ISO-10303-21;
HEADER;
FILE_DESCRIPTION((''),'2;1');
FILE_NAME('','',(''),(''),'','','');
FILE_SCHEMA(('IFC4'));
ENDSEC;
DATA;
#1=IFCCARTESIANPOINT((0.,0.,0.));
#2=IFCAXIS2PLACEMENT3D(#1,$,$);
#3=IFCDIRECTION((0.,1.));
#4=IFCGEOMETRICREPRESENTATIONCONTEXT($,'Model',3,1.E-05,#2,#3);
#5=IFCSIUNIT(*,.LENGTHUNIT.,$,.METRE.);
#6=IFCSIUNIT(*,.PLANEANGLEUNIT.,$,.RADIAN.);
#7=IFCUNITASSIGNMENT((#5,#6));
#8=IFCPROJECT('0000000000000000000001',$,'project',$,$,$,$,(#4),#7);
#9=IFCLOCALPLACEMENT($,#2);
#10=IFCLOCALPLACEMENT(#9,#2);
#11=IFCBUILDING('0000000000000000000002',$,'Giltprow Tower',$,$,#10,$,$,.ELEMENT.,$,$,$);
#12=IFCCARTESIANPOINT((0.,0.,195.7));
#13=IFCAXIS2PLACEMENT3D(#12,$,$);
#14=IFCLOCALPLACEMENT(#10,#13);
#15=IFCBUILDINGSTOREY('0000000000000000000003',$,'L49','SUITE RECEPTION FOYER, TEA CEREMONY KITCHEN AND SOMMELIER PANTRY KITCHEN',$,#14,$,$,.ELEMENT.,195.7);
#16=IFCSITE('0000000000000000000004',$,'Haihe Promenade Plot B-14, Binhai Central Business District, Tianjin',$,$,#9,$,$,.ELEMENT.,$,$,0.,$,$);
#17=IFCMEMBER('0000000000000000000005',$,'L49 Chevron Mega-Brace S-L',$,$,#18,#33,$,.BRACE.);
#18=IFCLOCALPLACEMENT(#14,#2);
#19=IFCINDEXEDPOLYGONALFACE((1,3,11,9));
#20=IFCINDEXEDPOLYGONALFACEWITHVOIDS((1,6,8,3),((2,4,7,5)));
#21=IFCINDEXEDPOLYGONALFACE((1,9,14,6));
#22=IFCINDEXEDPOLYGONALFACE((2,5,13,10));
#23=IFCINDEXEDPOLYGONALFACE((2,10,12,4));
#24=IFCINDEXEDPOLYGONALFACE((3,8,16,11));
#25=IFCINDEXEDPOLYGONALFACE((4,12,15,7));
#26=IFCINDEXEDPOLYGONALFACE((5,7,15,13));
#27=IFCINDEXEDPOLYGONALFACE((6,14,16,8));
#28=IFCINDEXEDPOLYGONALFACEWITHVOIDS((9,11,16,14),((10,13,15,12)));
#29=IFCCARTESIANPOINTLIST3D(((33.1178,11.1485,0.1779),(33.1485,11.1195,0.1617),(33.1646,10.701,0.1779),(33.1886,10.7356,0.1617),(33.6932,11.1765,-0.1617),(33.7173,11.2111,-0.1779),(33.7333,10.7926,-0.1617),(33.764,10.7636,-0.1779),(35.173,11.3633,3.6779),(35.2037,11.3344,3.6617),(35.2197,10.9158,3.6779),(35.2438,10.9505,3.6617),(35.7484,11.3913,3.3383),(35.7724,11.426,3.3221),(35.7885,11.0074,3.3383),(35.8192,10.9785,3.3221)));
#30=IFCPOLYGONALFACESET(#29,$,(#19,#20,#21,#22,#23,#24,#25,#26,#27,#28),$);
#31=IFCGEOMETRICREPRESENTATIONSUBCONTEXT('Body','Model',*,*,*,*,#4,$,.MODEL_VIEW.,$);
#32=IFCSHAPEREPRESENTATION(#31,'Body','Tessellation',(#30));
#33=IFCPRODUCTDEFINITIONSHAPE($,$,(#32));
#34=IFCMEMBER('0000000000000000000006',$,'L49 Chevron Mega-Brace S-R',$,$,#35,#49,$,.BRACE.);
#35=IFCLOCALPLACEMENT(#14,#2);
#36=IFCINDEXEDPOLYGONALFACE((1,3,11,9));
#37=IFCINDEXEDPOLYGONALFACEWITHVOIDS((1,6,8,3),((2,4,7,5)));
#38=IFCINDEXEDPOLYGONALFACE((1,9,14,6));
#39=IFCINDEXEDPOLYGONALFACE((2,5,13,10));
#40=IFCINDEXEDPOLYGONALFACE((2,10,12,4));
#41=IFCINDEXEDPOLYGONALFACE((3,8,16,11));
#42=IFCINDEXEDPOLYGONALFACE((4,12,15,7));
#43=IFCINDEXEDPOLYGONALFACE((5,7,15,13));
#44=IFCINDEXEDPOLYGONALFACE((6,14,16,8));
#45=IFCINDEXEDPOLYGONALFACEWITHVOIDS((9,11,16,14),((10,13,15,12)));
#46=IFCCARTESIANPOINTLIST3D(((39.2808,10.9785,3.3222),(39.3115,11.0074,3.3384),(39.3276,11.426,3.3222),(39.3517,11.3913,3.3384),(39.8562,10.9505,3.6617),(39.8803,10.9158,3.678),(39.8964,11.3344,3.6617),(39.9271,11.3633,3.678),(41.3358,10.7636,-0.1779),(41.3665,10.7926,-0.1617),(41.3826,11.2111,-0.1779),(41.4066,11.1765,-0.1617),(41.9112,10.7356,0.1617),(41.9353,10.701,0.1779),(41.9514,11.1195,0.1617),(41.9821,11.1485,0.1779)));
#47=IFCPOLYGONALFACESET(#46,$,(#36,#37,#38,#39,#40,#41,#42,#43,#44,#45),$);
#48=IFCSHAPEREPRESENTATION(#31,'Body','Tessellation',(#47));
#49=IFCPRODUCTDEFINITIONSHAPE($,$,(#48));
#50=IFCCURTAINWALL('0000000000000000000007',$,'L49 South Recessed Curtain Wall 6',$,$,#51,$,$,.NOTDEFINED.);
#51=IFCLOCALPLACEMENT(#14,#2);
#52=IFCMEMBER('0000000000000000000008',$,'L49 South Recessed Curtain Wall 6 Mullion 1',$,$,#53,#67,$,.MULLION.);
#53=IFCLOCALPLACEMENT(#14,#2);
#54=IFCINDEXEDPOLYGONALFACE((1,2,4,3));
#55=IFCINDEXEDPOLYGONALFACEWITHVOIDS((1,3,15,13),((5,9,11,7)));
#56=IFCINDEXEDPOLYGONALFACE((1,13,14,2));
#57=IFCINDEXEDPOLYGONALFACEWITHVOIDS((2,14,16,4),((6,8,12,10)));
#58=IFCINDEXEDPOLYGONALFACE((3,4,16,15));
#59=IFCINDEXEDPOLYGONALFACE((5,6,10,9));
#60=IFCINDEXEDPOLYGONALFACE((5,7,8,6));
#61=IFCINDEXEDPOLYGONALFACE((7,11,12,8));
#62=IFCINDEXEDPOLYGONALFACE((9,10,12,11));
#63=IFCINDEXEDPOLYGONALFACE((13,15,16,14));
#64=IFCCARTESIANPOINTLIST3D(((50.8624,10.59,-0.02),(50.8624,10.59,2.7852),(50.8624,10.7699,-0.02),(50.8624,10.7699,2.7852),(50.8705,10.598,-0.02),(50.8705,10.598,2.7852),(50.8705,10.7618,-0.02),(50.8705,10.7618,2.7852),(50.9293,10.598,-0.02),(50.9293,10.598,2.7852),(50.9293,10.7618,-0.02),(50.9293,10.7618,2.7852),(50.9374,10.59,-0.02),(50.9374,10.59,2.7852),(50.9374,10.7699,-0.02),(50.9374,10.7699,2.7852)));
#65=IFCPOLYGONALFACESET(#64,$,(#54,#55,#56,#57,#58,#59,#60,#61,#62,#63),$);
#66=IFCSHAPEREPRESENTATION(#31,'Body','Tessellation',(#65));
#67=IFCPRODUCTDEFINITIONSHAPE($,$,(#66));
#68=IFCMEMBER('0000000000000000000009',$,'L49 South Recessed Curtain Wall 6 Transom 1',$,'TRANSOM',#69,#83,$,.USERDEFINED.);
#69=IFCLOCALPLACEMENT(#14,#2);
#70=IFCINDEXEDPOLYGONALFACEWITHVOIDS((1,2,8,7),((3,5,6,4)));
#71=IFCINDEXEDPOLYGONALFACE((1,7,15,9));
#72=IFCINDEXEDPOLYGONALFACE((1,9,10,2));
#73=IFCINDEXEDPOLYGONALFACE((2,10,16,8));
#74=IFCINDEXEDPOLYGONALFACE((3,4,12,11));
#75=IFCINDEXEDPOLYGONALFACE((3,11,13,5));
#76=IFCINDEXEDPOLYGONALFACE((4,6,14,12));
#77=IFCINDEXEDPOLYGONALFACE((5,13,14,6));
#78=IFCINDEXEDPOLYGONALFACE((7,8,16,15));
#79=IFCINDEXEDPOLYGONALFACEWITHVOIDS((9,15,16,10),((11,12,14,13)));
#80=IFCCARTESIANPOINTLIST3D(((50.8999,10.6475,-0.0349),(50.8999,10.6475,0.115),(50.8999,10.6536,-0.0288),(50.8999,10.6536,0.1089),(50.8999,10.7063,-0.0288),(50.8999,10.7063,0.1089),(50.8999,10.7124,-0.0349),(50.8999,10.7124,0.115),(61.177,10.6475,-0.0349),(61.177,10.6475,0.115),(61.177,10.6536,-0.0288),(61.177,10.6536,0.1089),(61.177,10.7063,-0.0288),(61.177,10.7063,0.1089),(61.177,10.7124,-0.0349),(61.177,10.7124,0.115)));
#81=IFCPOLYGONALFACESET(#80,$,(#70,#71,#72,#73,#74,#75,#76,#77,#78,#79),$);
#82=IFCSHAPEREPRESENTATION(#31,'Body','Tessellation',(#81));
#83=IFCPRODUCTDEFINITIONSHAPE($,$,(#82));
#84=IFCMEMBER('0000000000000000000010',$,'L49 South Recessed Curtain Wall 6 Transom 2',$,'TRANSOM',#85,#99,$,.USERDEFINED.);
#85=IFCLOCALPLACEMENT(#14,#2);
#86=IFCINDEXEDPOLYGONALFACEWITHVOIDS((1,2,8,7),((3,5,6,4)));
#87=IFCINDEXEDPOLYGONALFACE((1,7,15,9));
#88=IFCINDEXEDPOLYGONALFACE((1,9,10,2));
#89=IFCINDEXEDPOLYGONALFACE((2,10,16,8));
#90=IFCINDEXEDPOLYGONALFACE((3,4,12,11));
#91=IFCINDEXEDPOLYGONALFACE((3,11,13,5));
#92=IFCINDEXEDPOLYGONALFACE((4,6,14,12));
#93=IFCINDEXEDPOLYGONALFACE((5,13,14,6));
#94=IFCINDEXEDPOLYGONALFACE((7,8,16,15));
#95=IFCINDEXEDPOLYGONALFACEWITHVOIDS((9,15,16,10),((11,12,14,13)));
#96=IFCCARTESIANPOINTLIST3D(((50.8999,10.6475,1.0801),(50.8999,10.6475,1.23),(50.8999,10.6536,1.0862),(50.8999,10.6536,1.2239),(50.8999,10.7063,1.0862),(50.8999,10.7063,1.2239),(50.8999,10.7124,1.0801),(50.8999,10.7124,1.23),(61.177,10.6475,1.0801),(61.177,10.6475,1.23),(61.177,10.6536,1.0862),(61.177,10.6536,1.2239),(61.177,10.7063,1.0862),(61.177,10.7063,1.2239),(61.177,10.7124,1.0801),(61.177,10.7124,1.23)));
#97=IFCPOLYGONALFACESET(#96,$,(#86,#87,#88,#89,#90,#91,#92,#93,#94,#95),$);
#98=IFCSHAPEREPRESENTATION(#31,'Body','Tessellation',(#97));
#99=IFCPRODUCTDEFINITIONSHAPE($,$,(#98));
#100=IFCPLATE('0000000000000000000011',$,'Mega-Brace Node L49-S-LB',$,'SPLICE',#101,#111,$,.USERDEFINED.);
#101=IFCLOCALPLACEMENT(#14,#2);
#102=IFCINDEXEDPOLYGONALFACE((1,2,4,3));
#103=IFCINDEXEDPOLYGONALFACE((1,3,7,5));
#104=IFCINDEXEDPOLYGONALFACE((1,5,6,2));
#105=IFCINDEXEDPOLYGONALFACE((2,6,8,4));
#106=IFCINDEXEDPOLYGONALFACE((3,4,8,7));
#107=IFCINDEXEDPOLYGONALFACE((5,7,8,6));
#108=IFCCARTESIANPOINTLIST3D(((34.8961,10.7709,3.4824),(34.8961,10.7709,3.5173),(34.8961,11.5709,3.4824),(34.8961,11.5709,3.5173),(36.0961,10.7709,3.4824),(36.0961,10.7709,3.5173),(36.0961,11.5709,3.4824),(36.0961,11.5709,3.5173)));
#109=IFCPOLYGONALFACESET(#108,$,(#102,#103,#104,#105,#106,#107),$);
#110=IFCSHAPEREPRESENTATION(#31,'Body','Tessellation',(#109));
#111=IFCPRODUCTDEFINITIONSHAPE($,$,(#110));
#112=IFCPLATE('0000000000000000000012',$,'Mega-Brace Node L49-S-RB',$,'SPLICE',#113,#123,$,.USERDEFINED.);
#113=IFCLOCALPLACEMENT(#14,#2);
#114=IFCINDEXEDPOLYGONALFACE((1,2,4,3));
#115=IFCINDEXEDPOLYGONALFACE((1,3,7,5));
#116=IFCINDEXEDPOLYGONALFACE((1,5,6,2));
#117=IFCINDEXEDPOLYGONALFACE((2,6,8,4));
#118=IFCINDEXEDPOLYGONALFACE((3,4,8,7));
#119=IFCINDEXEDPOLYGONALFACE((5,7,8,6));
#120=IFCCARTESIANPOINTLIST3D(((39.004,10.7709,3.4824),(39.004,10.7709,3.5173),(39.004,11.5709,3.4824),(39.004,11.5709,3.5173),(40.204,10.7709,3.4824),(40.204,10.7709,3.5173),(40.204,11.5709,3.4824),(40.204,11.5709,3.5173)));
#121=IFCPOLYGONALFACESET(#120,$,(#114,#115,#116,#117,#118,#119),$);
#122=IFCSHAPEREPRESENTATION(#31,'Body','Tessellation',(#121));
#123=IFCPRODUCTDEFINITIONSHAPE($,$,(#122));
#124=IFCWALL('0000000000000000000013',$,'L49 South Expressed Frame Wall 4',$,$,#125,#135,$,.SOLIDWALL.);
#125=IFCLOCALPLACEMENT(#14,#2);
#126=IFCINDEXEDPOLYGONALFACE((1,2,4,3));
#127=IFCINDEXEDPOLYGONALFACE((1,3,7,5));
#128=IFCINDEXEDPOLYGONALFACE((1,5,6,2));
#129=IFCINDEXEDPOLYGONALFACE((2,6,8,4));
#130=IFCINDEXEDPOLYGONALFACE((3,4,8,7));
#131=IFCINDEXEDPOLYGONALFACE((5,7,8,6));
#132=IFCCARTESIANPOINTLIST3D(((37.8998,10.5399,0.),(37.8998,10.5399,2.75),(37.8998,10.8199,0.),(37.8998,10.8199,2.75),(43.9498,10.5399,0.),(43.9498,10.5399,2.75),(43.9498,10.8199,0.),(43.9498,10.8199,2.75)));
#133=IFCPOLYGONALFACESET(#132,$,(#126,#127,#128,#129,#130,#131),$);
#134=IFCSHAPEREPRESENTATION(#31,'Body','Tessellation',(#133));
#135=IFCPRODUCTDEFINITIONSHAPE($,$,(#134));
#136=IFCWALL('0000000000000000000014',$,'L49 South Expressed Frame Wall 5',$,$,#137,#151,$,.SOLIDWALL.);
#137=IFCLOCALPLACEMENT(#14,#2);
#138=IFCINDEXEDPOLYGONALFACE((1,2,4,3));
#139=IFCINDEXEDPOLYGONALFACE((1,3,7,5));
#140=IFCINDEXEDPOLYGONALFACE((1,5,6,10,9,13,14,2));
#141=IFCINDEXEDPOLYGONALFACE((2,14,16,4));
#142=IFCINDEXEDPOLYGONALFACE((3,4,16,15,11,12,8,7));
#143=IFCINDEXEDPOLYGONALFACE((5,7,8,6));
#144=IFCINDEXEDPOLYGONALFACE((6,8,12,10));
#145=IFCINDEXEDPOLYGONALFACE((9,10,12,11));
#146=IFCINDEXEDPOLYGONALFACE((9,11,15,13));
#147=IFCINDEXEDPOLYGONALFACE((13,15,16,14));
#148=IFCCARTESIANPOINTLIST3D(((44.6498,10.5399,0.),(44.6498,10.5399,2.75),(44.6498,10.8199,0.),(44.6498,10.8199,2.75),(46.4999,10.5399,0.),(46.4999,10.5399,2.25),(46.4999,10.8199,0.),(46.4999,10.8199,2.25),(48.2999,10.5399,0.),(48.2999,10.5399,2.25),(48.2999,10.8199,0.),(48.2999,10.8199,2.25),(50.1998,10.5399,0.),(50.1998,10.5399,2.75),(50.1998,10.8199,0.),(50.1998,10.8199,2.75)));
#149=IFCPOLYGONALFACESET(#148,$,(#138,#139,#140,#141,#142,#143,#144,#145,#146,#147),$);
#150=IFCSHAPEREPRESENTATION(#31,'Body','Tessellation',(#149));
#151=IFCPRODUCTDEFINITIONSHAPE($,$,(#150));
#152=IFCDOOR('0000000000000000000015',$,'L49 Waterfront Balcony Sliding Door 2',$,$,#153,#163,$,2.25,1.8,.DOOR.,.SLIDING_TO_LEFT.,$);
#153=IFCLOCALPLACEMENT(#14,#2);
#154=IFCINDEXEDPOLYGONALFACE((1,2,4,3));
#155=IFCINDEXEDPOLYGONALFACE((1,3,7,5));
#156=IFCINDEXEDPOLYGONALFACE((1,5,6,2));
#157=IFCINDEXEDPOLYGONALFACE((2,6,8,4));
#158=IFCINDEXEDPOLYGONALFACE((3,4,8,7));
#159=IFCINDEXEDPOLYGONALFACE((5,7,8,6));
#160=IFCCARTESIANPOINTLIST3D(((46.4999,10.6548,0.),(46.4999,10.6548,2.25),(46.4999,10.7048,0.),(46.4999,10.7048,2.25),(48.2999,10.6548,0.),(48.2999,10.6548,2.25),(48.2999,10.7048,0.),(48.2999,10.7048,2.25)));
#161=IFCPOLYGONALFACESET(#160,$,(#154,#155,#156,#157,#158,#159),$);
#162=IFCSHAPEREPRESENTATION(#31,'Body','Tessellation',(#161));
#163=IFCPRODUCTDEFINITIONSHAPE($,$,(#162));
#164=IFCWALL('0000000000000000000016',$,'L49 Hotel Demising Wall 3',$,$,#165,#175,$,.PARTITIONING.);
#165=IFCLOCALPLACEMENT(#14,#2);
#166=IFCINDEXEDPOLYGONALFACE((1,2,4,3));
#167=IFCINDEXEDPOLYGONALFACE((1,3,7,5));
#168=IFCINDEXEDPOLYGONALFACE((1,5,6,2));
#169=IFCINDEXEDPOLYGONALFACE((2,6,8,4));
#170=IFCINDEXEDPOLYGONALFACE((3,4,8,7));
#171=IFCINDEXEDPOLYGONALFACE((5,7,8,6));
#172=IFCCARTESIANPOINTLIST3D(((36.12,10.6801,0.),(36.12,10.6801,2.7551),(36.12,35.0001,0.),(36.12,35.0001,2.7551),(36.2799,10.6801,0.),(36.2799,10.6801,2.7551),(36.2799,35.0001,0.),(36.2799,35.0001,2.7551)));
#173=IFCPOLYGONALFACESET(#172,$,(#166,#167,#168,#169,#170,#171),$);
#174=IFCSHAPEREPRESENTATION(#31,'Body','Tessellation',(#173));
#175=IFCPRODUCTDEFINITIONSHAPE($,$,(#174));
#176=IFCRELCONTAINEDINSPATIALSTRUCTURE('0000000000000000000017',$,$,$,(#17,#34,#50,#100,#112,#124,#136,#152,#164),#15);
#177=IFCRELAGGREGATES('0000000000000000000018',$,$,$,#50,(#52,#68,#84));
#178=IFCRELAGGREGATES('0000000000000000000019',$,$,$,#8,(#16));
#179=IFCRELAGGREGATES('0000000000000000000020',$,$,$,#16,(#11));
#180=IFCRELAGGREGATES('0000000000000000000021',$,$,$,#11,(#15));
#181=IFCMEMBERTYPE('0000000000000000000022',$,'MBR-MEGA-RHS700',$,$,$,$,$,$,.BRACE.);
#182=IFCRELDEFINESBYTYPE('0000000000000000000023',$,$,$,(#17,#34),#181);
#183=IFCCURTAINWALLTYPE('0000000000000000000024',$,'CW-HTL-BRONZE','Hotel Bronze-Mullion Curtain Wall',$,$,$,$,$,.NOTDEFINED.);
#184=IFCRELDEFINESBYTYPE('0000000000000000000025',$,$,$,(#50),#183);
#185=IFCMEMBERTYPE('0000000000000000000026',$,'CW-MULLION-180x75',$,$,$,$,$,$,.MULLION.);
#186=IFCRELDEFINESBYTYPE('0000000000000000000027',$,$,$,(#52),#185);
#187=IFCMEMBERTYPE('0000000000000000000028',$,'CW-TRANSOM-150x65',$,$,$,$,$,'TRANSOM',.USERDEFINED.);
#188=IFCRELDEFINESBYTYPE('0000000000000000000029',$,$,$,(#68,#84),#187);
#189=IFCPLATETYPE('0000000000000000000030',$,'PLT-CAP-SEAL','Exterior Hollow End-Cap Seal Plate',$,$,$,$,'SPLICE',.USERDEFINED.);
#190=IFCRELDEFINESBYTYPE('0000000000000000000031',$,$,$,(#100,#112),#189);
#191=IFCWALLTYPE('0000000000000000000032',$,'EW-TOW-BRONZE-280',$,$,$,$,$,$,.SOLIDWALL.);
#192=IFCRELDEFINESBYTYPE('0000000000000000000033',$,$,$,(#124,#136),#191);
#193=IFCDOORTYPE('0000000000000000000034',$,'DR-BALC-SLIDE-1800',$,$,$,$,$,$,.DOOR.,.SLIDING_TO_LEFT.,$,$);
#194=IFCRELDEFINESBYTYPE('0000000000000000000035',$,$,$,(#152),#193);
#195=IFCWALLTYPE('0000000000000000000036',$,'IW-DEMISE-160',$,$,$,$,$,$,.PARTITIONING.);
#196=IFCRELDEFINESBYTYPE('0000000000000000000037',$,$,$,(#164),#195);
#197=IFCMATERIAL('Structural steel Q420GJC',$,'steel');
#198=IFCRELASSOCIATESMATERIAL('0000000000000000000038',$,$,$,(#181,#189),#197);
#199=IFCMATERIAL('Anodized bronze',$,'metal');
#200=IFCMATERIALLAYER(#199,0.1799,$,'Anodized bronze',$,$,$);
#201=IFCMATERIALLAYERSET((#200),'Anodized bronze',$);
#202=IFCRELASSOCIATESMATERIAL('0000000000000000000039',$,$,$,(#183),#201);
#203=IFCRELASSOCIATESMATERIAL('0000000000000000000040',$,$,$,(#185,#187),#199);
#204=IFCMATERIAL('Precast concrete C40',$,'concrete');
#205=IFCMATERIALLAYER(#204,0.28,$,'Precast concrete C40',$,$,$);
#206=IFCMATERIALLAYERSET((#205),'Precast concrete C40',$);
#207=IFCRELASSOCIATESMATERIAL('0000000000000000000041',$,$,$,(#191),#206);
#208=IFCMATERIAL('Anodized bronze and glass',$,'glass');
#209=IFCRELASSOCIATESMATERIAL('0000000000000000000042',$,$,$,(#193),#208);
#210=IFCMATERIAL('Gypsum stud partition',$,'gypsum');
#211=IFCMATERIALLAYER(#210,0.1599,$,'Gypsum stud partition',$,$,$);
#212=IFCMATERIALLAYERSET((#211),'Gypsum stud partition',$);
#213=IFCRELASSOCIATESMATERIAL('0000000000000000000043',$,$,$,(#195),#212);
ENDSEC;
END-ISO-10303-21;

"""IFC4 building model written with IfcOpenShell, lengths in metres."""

from ifc_helpers import new_model, si_unit, direction, frame, frame_2d, origin, origin_2d, place, context, subcontext, project, spatial, rectangle, hollow_rectangle, extrude, source, transform, mapped, material, layer, layer_set, material_profile, profile_set, type_object, element, fill, aggregate, save


model = new_model("IFC4")

# Units and contexts
model_context = context("Model", 3, precision=1e-05, world=origin(), true_north=direction((0.0, 1.0)))
body_context = subcontext(model_context, "Body", "Model", "MODEL_VIEW")
ifc_project = project(units=[si_unit("LENGTHUNIT", "METRE"), si_unit("PLANEANGLEUNIT", "RADIAN")], contexts=[model_context])

# Site, building, storey
site_placement = place(None, origin())
site = spatial("IfcSite", under=ifc_project, at=site_placement, Name="Haihe Promenade Plot B-14, Binhai Central Business District, Tianjin", CompositionType="ELEMENT", RefElevation=0.0)
building_placement = place(site_placement, origin())
building = spatial("IfcBuilding", under=site, at=building_placement, Name="Giltprow Tower", CompositionType="ELEMENT")
storey_placement = place(building_placement, frame((0.0, 0.0, 195.7)))
storey = spatial("IfcBuildingStorey", under=building, at=storey_placement, Name="L49", Description="SUITE RECEPTION FOYER, TEA CEREMONY KITCHEN AND SOMMELIER PANTRY KITCHEN", CompositionType="ELEMENT", Elevation=195.7)

# Shared definitions
ifc_material_1 = material(Name="Structural steel Q420GJC", Category="steel")

# Members
ifc_material_profile_1 = material_profile(ifc_material_1, hollow_rectangle(XDim=0.45, YDim=0.7, WallThickness=0.032, at=origin_2d()), Name="RHS 700x450x32")
ifc_profile_set_1 = profile_set([ifc_material_profile_1], Name="Structural steel Q420GJC")
member_type_1 = type_object("IfcMemberType", Name="MBR-MEGA-RHS700", PredefinedType="BRACE", material=ifc_profile_set_1)
shared_shape_1 = source(origin(), body_context, "Body", "SweptSolid", [
    extrude(hollow_rectangle(XDim=0.45, YDim=0.7, WallThickness=0.032, at=origin_2d()), origin(), (0.0, 0.0, 1.0), 4.0645),
])
for number, where, z_axis, x_axis, name in (
    (1, (33.4409, 10.9561, 0.0), (0.505644, 0.052859, 0.861121), (-0.103971, 0.99458, 0.0), "L49 Chevron Mega-Brace S-L"),
    (2, (41.6589, 10.9561, 0.0), (-0.5056, 0.052861, 0.861147), (-0.103984, -0.994579, 0.0), "L49 Chevron Mega-Brace S-R"),
):
    element("IfcMember", number, at=place(storey_placement, frame(where, z_axis=z_axis, x_axis=x_axis)), inside=storey, type_object=member_type_1, Name=name, PredefinedType="BRACE", context=body_context, shape_type="MappedRepresentation", body=[
        mapped(shared_shape_1, transform((0.0, 0.0, 0.0), x_axis=(1.0, 0.0, 0.0), y_axis=(0.0, 1.0, 0.0), z_axis=(0.0, 0.0, 1.0), scale=1.0)),
    ])

# Curtain wall, members
ifc_material_2 = material(Name="Anodized bronze", Category="metal")
ifc_layer_1 = layer(ifc_material_2, 0.1799, Name="Anodized bronze")
ifc_layer_set_1 = layer_set([ifc_layer_1], Name="Anodized bronze")
curtain_wall_type = type_object("IfcCurtainWallType", Name="CW-HTL-BRONZE", Description="Hotel Bronze-Mullion Curtain Wall", PredefinedType="NOTDEFINED", material=ifc_layer_set_1)
curtain_wall_placement = place(storey_placement, origin())
curtain_wall = element("IfcCurtainWall", 3, at=curtain_wall_placement, inside=storey, type_object=curtain_wall_type, Name="L49 South Recessed Curtain Wall 6", PredefinedType="NOTDEFINED")
ifc_material_profile_2 = material_profile(ifc_material_2, hollow_rectangle(XDim=0.075, YDim=0.1799, WallThickness=0.0081, at=origin_2d()), Name="RHS 180x75x8")
ifc_profile_set_2 = profile_set([ifc_material_profile_2], Name="Anodized bronze")
member_type_2 = type_object("IfcMemberType", Name="CW-MULLION-180x75", PredefinedType="MULLION", material=ifc_profile_set_2)
shared_shape_2 = source(origin(), body_context, "Body", "SweptSolid", [
    extrude(hollow_rectangle(XDim=0.075, YDim=0.1799, WallThickness=0.0081, at=origin_2d()), origin(), (0.0, 0.0, 1.0), 2.8052),
])
member_1_placement = place(storey_placement, frame((50.8999, 10.6799, -0.02), z_axis=(0.0, 0.0, 1.0), x_axis=(1.0, 0.0, 0.0)))
member_1 = element("IfcMember", 4, at=member_1_placement, type_object=member_type_2, Name="L49 South Recessed Curtain Wall 6 Mullion 1", PredefinedType="MULLION", context=body_context, shape_type="MappedRepresentation", body=[
    mapped(shared_shape_2, transform((0.0, 0.0, 0.0), x_axis=(1.0, 0.0, 0.0), y_axis=(0.0, 1.0, 0.0), z_axis=(0.0, 0.0, 1.0), scale=1.0)),
])
ifc_material_profile_3 = material_profile(ifc_material_2, hollow_rectangle(XDim=0.0649, YDim=0.1499, WallThickness=0.0061, at=origin_2d()), Name="RHS 150x65x6")
ifc_profile_set_3 = profile_set([ifc_material_profile_3], Name="Anodized bronze")
member_type_3 = type_object("IfcMemberType", Name="CW-TRANSOM-150x65", ElementType="TRANSOM", PredefinedType="USERDEFINED", material=ifc_profile_set_3)
shared_shape_3 = source(origin(), body_context, "Body", "SweptSolid", [
    extrude(hollow_rectangle(XDim=0.0649, YDim=0.1499, WallThickness=0.0061, at=origin_2d()), origin(), (0.0, 0.0, 1.0), 10.2771),
])
member_2_placement = place(storey_placement, frame((50.8999, 10.6799, 0.04), z_axis=(1.0, 0.0, 0.0), x_axis=(0.0, 1.0, 0.0)))
member_2 = element("IfcMember", 5, at=member_2_placement, type_object=member_type_3, Name="L49 South Recessed Curtain Wall 6 Transom 1", ObjectType="TRANSOM", PredefinedType="USERDEFINED", context=body_context, shape_type="MappedRepresentation", body=[
    mapped(shared_shape_3, transform((0.0, 0.0, 0.0), x_axis=(1.0, 0.0, 0.0), y_axis=(0.0, 1.0, 0.0), z_axis=(0.0, 0.0, 1.0), scale=1.0)),
])
member_3_placement = place(storey_placement, frame((50.8999, 10.6799, 1.155), z_axis=(1.0, 0.0, 0.0), x_axis=(0.0, 1.0, 0.0)))
member_3 = element("IfcMember", 6, at=member_3_placement, type_object=member_type_3, Name="L49 South Recessed Curtain Wall 6 Transom 2", ObjectType="TRANSOM", PredefinedType="USERDEFINED", context=body_context, shape_type="MappedRepresentation", body=[
    mapped(shared_shape_3, transform((0.0, 0.0, 0.0), x_axis=(1.0, 0.0, 0.0), y_axis=(0.0, 1.0, 0.0), z_axis=(0.0, 0.0, 1.0), scale=1.0)),
])
aggregate(curtain_wall, [member_1, member_2, member_3])

# Plates
plate_type = type_object("IfcPlateType", Name="PLT-CAP-SEAL", Description="Exterior Hollow End-Cap Seal Plate", ElementType="SPLICE", PredefinedType="USERDEFINED", material=ifc_material_1)
shared_shape_4 = source(origin(), body_context, "Body", "SweptSolid", [
    extrude(rectangle(XDim=1.2, YDim=0.8, at=origin_2d()), origin(), (0.0, 0.0, 1.0), 0.0349),
])
for number, where, z_axis, x_axis, name in (
    (7, (35.4961, 11.1709, 3.4824), (0.0, 0.0, 1.0), (1.0, 0.0, 0.0), "Mega-Brace Node L49-S-LB"),
    (8, (39.604, 11.1709, 3.4824), (0.0, 0.0, 1.0), (1.0, 0.0, 0.0), "Mega-Brace Node L49-S-RB"),
):
    element("IfcPlate", number, at=place(storey_placement, frame(where, z_axis=z_axis, x_axis=x_axis)), inside=storey, type_object=plate_type, Name=name, ObjectType="SPLICE", PredefinedType="USERDEFINED", context=body_context, shape_type="MappedRepresentation", body=[
        mapped(shared_shape_4, transform((0.0, 0.0, 0.0), x_axis=(1.0, 0.0, 0.0), y_axis=(0.0, 1.0, 0.0), z_axis=(0.0, 0.0, 1.0), scale=1.0)),
    ])

# Wall
ifc_material_3 = material(Name="Precast concrete C40", Category="concrete")
ifc_layer_2 = layer(ifc_material_3, 0.28, Name="Precast concrete C40")
ifc_layer_set_2 = layer_set([ifc_layer_2], Name="Precast concrete C40")
wall_type_1 = type_object("IfcWallType", Name="EW-TOW-BRONZE-280", PredefinedType="SOLIDWALL", material=ifc_layer_set_2)
wall_1_placement = place(storey_placement, frame((37.8999, 10.6799, 0.0), z_axis=(0.0, 0.0, 1.0), x_axis=(1.0, 0.0, 0.0)))
element("IfcWall", 9, at=wall_1_placement, inside=storey, type_object=wall_type_1, Name="L49 South Expressed Frame Wall 4", PredefinedType="SOLIDWALL", context=body_context, shape_type="SweptSolid", body=[
    extrude(rectangle(XDim=6.05, YDim=0.28, at=frame_2d((3.0249, 0.0))), origin(), (0.0, 0.0, 1.0), 2.75),
])

# Wall, opening, door
wall_2_placement = place(storey_placement, frame((44.6499, 10.6799, 0.0), z_axis=(0.0, 0.0, 1.0), x_axis=(1.0, 0.0, 0.0)))
wall_2 = element("IfcWall", 10, at=wall_2_placement, inside=storey, type_object=wall_type_1, Name="L49 South Expressed Frame Wall 5", PredefinedType="SOLIDWALL", context=body_context, shape_type="SweptSolid", body=[
    extrude(rectangle(XDim=5.55, YDim=0.28, at=frame_2d((2.7749, 0.0))), origin(), (0.0, 0.0, 1.0), 2.75),
])
opening_1_placement = place(wall_2_placement, frame((1.8501, 0.0, 0.0)))
opening_1 = element("IfcOpeningElement", 11, at=opening_1_placement, cuts=wall_2, PredefinedType="OPENING", context=body_context, shape_type="SweptSolid", body=[
    extrude(rectangle(XDim=1.8, YDim=2.25, at=frame_2d((0.8999, 1.125))), frame((0.0, 0.1499, 0.0), z_axis=(0.0, -1.0, 0.0), x_axis=(1.0, 0.0, 0.0)), (0.0, 0.0, 1.0), 0.3),
])
ifc_material_4 = material(Name="Anodized bronze and glass", Category="glass")
door_type_1 = type_object("IfcDoorType", Name="DR-BALC-SLIDE-1800", OperationType="SLIDING_TO_LEFT", PredefinedType="DOOR", material=ifc_material_4)
shared_shape_5 = source(origin(), body_context, "Body", "SweptSolid", [
    extrude(rectangle(XDim=1.8, YDim=2.25, at=frame_2d((0.8999, 1.125))), frame((0.0, 0.0249, 0.0), z_axis=(0.0, -1.0, 0.0), x_axis=(1.0, 0.0, 0.0)), (0.0, 0.0, 1.0), 0.05),
])
door_1_placement = place(opening_1_placement, origin())
door_1 = element("IfcDoor", 12, at=door_1_placement, inside=storey, type_object=door_type_1, Name="L49 Waterfront Balcony Sliding Door 2", OperationType="SLIDING_TO_LEFT", OverallHeight=2.25, OverallWidth=1.8, PredefinedType="DOOR", context=body_context, shape_type="MappedRepresentation", body=[
    mapped(shared_shape_5, transform((0.0, 0.0, 0.0), x_axis=(1.0, 0.0, 0.0), y_axis=(0.0, 1.0, 0.0), z_axis=(0.0, 0.0, 1.0), scale=1.0)),
])
fill(opening_1, door_1)

# Wall
ifc_material_5 = material(Name="Gypsum stud partition", Category="gypsum")
ifc_layer_3 = layer(ifc_material_5, 0.1599, Name="Gypsum stud partition")
ifc_layer_set_3 = layer_set([ifc_layer_3], Name="Gypsum stud partition")
wall_type_2 = type_object("IfcWallType", Name="IW-DEMISE-160", PredefinedType="PARTITIONING", material=ifc_layer_set_3)
for number, where, z_axis, x_axis, name in (
    (13, (36.2, 10.6799, 0.0), (0.0, 0.0, 1.0), (0.0, 1.0, 0.0), "L49 Hotel Demising Wall 3"),
):
    element("IfcWall", number, at=place(storey_placement, frame(where, z_axis=z_axis, x_axis=x_axis)), inside=storey, type_object=wall_type_2, Name=name, PredefinedType="PARTITIONING", context=body_context, shape_type="SweptSolid", body=[
        extrude(rectangle(XDim=24.3201, YDim=0.1599, at=frame_2d((12.1602, 0.0))), origin(), (0.0, 0.0, 1.0), 2.7551),
    ])

save(model, "model.ifc")
